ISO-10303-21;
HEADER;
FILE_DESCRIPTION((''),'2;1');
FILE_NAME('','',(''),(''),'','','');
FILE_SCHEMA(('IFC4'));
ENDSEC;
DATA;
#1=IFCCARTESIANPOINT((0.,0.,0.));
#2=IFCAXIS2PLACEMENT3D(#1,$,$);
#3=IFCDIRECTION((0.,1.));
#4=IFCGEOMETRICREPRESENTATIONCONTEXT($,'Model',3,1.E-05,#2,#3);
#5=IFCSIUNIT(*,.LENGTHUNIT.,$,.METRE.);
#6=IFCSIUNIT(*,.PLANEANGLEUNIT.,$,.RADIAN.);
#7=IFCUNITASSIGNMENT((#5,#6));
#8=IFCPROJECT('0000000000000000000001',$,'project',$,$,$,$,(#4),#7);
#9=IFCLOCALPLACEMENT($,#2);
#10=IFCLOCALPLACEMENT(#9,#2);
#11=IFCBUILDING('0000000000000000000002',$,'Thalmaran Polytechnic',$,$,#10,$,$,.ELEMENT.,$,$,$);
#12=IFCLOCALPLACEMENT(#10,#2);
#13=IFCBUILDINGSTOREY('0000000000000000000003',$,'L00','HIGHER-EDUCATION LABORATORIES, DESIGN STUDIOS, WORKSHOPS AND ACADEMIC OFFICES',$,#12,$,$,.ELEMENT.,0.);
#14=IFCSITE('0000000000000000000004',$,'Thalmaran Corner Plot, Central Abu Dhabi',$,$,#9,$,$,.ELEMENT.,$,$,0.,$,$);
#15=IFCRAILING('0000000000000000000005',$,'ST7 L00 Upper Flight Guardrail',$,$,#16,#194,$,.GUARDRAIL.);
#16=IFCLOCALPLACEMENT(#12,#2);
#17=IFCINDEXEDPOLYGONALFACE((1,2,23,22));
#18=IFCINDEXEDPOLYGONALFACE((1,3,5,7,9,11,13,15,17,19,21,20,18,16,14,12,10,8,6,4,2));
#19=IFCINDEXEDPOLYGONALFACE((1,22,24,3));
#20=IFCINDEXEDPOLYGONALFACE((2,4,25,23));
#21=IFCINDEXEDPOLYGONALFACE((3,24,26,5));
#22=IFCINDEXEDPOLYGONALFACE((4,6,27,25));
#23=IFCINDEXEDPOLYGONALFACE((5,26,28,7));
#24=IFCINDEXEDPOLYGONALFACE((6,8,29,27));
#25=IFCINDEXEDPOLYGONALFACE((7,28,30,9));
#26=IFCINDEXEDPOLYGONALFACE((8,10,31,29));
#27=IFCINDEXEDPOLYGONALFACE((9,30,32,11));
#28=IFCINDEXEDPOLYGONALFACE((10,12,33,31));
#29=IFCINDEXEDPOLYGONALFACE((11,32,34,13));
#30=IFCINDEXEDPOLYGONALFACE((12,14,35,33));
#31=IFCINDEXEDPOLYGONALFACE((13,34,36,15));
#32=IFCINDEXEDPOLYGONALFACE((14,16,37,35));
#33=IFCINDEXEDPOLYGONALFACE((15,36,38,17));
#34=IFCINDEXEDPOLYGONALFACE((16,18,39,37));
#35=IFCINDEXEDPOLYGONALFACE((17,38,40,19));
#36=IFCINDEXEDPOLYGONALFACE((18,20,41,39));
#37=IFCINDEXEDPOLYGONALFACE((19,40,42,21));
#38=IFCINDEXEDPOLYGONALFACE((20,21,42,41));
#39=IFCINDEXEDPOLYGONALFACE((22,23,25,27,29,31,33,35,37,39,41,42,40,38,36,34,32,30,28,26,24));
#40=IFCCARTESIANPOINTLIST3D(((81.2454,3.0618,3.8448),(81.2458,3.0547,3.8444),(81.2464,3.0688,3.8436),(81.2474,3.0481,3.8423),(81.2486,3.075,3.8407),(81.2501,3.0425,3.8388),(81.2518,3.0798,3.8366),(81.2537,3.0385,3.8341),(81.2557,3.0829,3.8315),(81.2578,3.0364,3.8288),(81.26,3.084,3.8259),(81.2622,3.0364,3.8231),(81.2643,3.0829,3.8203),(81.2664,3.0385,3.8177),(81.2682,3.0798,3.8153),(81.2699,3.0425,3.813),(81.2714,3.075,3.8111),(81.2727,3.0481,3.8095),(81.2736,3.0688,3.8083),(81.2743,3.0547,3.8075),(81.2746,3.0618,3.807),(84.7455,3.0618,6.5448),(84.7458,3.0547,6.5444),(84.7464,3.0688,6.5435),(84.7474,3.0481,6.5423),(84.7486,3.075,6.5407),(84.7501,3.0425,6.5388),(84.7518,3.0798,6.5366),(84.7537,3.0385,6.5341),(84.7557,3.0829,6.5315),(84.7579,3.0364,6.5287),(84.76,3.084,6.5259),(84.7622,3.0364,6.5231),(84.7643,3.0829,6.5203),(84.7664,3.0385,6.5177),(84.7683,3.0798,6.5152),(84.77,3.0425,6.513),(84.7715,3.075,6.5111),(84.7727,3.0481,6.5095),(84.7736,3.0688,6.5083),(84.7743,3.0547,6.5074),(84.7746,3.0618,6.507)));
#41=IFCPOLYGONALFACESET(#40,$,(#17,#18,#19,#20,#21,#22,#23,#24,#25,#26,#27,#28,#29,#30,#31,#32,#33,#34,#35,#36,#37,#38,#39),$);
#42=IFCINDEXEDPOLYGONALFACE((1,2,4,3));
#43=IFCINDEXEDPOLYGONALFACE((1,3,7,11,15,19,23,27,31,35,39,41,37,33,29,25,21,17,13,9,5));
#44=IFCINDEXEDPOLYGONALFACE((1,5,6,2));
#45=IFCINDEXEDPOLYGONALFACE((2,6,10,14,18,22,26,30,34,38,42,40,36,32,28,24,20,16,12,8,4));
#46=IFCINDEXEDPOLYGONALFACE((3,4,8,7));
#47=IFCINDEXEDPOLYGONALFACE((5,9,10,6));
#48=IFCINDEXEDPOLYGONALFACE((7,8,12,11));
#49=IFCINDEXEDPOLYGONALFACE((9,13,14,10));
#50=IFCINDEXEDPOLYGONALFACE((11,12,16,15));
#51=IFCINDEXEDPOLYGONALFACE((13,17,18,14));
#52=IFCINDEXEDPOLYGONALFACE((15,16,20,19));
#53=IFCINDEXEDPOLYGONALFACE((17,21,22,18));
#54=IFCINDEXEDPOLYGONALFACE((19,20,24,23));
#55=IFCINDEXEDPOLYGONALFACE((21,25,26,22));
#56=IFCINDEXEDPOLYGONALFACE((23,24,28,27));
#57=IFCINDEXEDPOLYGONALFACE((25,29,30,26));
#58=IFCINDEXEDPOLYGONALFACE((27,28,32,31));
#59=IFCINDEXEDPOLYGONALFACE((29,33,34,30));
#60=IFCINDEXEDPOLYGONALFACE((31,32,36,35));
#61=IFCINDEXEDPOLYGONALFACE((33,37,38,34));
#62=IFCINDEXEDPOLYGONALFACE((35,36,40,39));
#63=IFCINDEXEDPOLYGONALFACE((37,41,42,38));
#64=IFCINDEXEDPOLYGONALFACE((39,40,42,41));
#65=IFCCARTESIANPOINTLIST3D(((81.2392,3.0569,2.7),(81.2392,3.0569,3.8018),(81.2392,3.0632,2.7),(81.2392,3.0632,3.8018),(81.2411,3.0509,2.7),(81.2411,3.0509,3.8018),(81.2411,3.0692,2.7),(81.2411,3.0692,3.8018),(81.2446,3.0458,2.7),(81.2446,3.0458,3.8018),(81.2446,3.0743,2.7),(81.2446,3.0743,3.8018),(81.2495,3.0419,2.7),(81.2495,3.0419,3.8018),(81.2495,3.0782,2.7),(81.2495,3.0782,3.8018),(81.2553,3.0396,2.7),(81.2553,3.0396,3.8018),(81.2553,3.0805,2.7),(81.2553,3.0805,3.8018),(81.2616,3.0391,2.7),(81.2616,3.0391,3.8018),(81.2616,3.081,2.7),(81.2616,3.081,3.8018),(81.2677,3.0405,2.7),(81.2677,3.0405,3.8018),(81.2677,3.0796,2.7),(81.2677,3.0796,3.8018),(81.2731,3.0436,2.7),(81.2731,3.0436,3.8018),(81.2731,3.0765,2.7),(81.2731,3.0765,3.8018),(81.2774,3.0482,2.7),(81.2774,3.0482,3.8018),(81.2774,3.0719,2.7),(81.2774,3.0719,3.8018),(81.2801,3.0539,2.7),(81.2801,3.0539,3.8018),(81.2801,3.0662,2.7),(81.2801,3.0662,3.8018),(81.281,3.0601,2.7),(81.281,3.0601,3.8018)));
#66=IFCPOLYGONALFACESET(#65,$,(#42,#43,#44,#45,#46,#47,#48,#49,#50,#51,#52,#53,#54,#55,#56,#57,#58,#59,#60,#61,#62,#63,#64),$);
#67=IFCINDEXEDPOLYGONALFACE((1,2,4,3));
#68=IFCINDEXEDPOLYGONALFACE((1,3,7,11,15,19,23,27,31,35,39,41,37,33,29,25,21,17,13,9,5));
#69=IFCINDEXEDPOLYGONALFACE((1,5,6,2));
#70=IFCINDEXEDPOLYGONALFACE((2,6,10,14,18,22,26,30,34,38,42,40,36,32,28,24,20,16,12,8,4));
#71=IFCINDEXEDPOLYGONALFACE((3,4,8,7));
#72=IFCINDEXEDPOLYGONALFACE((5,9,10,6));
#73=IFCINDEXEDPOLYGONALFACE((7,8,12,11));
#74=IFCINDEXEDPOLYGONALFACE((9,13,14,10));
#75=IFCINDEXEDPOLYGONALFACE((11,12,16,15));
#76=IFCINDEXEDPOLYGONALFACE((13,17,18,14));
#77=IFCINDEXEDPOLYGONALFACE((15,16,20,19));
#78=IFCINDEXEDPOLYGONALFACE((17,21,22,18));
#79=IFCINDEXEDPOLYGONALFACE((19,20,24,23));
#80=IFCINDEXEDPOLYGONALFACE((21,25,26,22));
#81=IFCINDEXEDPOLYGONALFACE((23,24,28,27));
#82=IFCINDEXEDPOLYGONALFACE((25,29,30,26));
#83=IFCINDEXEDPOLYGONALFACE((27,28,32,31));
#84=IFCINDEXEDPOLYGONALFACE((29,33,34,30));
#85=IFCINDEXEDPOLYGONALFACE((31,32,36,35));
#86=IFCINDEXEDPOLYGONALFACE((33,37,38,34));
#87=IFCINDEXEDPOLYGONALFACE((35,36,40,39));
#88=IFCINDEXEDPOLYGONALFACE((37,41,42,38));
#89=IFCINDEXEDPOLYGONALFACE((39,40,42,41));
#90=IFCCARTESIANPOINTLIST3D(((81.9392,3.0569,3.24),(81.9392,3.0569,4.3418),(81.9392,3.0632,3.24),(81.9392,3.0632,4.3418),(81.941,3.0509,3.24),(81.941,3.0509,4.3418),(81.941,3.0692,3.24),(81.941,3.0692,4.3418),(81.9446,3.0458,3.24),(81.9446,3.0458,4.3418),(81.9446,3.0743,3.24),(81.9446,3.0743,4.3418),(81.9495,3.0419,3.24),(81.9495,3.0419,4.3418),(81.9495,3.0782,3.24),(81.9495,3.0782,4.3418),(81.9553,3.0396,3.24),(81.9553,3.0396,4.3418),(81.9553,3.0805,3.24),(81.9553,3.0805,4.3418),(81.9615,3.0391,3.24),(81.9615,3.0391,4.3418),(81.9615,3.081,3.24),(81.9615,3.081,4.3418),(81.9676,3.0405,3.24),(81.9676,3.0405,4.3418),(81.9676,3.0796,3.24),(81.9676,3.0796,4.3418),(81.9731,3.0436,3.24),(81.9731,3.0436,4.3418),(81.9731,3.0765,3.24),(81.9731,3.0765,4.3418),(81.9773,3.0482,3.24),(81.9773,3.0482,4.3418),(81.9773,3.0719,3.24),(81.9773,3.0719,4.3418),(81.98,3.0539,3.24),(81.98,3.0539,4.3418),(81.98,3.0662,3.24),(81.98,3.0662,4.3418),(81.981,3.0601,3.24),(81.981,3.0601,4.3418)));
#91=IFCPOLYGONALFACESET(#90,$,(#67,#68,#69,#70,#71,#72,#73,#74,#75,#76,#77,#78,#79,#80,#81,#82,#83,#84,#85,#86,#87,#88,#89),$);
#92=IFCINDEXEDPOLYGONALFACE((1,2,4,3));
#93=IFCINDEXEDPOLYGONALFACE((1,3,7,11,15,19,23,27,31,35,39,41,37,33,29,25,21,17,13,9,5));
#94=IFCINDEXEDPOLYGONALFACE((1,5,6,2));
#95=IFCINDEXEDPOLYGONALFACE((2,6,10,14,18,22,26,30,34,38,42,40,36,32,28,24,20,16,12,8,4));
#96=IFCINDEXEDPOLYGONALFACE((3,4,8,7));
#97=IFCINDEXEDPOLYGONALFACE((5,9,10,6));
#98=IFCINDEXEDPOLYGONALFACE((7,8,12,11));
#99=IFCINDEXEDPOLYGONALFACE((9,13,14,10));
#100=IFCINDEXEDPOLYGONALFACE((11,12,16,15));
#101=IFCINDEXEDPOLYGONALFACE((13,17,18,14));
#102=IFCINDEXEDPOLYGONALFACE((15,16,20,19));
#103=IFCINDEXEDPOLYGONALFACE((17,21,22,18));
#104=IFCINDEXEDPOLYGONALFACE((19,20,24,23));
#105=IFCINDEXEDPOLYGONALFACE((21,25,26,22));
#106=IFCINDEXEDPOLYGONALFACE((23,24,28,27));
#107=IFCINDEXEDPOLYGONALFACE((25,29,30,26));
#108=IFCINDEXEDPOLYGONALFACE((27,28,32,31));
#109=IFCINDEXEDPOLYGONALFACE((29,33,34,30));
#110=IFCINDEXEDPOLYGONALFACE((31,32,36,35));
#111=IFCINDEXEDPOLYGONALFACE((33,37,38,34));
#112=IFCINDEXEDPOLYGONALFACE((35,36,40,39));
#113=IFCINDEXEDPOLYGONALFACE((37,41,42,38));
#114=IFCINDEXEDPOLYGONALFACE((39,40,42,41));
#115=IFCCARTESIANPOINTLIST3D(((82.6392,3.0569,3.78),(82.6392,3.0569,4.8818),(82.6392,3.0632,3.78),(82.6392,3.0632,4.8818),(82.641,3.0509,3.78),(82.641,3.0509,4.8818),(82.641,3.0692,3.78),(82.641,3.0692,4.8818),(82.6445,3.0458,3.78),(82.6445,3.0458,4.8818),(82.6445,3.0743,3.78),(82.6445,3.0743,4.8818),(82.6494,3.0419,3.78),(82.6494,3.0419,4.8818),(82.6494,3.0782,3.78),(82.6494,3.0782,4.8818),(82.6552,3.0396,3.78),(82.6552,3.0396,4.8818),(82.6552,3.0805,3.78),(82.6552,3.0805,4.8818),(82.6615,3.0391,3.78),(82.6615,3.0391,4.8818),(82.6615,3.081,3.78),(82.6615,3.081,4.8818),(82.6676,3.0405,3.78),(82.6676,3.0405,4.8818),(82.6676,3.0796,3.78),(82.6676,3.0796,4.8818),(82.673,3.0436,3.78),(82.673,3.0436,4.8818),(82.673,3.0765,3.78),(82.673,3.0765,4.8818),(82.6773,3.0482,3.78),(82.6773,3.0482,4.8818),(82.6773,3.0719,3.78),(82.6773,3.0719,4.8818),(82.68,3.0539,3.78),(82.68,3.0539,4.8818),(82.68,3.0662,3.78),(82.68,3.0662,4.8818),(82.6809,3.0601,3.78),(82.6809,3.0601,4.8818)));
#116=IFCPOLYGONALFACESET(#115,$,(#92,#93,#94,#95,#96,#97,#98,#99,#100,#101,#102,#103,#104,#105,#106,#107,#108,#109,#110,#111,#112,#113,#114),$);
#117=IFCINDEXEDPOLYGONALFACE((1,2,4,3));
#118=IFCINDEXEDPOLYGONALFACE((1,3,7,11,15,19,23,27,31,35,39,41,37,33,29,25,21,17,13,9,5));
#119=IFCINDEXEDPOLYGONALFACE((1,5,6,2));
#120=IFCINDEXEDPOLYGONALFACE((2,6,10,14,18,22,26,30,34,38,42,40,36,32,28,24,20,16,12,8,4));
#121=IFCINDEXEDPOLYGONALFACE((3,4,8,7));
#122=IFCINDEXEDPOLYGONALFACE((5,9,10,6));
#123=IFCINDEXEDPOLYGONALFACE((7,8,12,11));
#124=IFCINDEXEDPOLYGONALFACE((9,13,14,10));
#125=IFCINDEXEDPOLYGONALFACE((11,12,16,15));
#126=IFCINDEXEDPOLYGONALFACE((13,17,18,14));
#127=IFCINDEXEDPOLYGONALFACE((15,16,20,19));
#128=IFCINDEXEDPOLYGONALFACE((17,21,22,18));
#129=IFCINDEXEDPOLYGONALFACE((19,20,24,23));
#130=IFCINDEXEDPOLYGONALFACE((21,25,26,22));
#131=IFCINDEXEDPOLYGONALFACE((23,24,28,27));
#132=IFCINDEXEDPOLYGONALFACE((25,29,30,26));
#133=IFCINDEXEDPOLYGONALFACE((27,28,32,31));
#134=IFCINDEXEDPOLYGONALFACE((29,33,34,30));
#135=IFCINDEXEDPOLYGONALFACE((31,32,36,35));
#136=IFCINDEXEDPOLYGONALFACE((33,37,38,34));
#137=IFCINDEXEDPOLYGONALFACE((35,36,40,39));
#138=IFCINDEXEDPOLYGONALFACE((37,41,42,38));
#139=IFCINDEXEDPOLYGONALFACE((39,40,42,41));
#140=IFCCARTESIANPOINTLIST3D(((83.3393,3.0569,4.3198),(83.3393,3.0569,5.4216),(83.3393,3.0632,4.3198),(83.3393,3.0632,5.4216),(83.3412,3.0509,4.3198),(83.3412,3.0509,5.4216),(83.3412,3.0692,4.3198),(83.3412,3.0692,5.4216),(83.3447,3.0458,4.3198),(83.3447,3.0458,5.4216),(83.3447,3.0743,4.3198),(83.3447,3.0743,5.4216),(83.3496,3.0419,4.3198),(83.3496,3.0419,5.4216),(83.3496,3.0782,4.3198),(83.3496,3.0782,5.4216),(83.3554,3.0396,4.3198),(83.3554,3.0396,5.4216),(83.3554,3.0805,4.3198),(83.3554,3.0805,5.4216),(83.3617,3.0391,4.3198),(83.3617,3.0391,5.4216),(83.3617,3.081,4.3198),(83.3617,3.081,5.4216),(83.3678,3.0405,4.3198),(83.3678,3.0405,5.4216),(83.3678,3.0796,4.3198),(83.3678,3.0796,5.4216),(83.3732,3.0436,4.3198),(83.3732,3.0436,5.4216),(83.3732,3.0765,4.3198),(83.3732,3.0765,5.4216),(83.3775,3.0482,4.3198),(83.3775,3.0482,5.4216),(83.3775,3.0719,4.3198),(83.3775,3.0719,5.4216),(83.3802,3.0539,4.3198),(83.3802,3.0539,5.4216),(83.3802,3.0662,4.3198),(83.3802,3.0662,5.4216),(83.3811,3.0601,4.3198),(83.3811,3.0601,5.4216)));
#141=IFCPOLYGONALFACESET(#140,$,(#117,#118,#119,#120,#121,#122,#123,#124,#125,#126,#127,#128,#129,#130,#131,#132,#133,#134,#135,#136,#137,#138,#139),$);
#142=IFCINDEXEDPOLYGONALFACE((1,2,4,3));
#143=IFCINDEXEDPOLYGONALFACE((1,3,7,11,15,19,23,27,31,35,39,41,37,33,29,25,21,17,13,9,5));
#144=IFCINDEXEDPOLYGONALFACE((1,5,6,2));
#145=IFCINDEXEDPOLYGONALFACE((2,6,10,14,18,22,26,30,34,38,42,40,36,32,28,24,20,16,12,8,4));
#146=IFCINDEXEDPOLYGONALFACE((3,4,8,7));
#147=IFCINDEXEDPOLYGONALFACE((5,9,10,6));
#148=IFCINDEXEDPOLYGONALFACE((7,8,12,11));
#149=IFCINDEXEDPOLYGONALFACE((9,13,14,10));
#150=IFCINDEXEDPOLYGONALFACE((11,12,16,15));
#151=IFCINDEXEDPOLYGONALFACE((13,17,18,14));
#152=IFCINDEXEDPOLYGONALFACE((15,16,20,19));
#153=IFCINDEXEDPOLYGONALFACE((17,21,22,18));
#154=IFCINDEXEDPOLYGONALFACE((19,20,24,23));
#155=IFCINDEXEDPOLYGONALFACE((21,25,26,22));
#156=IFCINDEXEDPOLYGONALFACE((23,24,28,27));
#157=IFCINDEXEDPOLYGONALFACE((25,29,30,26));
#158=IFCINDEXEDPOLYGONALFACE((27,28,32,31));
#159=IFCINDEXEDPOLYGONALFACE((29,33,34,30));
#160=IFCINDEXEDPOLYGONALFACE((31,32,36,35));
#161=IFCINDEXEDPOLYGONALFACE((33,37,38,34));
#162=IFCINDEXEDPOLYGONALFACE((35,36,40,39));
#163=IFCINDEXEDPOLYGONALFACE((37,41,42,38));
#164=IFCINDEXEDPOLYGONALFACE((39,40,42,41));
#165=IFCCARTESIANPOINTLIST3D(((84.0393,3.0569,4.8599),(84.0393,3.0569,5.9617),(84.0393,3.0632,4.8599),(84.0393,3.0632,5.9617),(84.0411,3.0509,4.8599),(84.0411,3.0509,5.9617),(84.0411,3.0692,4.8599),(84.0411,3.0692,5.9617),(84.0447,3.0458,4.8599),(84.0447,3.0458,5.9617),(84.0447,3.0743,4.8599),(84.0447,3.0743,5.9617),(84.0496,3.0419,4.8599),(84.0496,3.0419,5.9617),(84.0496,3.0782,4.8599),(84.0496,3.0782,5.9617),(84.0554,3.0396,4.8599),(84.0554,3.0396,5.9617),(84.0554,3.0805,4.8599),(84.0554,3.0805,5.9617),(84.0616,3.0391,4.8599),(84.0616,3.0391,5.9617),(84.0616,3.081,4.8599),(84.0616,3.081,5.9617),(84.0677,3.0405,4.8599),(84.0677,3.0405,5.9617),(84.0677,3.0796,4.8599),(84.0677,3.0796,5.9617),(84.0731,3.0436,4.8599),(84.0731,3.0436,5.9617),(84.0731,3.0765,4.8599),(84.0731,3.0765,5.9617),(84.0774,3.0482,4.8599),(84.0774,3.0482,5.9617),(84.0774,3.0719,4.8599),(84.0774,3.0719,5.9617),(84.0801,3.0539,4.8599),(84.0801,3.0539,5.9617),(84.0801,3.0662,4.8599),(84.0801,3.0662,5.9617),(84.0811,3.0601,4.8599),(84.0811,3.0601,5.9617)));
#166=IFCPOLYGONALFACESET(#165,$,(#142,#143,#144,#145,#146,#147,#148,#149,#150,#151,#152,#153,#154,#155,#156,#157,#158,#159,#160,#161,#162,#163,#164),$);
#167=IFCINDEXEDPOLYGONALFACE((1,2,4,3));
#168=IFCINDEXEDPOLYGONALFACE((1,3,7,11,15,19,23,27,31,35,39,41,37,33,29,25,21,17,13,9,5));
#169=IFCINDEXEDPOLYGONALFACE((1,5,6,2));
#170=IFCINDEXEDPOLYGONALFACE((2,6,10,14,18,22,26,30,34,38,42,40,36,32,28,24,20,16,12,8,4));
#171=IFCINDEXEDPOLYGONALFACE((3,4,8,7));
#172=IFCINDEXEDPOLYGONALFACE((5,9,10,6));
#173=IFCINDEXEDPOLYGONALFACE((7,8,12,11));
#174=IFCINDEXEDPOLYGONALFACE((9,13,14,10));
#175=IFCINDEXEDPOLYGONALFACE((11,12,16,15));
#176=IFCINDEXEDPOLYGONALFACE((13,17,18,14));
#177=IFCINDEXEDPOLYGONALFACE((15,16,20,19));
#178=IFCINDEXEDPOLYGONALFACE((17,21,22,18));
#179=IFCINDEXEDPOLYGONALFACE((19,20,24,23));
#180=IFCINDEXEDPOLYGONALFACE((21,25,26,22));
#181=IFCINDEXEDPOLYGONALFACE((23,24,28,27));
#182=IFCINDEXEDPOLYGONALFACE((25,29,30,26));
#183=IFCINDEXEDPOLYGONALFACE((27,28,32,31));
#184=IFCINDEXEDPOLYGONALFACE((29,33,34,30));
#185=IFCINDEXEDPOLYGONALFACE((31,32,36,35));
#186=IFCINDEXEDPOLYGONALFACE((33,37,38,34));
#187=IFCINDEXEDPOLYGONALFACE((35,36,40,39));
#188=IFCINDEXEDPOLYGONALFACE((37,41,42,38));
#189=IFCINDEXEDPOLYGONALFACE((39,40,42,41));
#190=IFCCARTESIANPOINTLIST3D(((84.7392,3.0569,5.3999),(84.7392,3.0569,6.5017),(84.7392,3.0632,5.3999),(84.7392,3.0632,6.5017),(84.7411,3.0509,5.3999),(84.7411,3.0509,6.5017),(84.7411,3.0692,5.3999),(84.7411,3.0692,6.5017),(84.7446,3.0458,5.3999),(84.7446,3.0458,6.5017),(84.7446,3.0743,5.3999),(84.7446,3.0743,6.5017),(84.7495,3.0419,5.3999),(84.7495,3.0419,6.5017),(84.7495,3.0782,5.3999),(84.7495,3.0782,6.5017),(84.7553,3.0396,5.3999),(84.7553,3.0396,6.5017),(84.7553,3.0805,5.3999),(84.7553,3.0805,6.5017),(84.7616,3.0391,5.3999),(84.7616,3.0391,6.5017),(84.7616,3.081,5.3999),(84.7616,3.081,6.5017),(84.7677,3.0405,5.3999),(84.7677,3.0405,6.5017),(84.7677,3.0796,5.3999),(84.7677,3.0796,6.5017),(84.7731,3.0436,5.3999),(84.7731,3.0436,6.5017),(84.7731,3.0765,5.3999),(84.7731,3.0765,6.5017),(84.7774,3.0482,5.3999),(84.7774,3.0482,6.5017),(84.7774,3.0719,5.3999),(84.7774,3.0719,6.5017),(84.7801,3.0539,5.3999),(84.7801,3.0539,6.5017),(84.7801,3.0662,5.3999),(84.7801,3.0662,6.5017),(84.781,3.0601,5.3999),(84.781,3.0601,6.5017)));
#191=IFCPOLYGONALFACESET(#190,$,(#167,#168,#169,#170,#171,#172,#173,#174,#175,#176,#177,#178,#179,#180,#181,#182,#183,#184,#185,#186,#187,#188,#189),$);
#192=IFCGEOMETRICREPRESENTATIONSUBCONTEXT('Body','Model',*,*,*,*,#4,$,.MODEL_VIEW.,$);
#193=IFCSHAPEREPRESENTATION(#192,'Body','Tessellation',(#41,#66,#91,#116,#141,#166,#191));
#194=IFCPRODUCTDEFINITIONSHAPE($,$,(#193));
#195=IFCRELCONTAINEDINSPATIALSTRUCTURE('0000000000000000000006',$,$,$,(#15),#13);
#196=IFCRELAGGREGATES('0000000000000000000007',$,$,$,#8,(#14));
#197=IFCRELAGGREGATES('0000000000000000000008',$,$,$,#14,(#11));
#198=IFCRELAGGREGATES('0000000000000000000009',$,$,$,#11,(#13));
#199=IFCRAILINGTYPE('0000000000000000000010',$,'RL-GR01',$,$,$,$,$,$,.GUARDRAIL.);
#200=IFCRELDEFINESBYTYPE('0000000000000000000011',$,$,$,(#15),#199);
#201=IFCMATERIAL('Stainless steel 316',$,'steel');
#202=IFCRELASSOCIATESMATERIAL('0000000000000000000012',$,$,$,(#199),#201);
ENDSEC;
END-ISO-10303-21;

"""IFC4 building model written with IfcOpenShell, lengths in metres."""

from ifc_helpers import new_model, si_unit, direction, frame, origin, origin_2d, place, context, subcontext, project, spatial, circle, extrude, material, type_object, element, save


model = new_model("IFC4")

# Units and contexts
model_context = context("Model", 3, precision=1e-05, world=origin(), true_north=direction((0.0, 1.0)))
body_context = subcontext(model_context, "Body", "Model", "MODEL_VIEW")
ifc_project = project(units=[si_unit("LENGTHUNIT", "METRE"), si_unit("PLANEANGLEUNIT", "RADIAN")], contexts=[model_context])

# Site, building, storey
site_placement = place(None, origin())
site = spatial("IfcSite", under=ifc_project, at=site_placement, Name="Thalmaran Corner Plot, Central Abu Dhabi", CompositionType="ELEMENT", RefElevation=0.0)
building_placement = place(site_placement, origin())
building = spatial("IfcBuilding", under=site, at=building_placement, Name="Thalmaran Polytechnic", CompositionType="ELEMENT")
storey_placement = place(building_placement, origin())
storey = spatial("IfcBuildingStorey", under=building, at=storey_placement, Name="L00", Description="HIGHER-EDUCATION LABORATORIES, DESIGN STUDIOS, WORKSHOPS AND ACADEMIC OFFICES", CompositionType="ELEMENT", Elevation=0.0)

# Railing
ifc_material_1 = material(Name="Stainless steel 316", Category="steel")
railing_type_1 = type_object("IfcRailingType", Name="RL-GR01", PredefinedType="GUARDRAIL", material=ifc_material_1)
railing_1_placement = place(storey_placement, frame((81.26, 3.0601, 2.7)))
element("IfcRailing", 1, at=railing_1_placement, inside=storey, type_object=railing_type_1, Name="ST7 L00 Upper Flight Guardrail", PredefinedType="GUARDRAIL", context=body_context, shape_type="SweptSolid", body=[
    extrude(circle(Radius=0.0239, at=origin_2d()), frame((0.0, 0.0, 1.126), z_axis=(0.791788, 0.0, 0.610797), x_axis=(0.0, 1.0, 0.0)), (0.0, 0.0, 1.0), 4.4204),
    extrude(circle(Radius=0.021, at=origin_2d()), origin(), (0.0, 0.0, 1.0), 1.1018),
    extrude(circle(Radius=0.021, at=origin_2d()), frame((0.7, 0.0, 0.54)), (0.0, 0.0, 1.0), 1.1018),
    extrude(circle(Radius=0.021, at=origin_2d()), frame((1.3999, 0.0, 1.0801)), (0.0, 0.0, 1.0), 1.1018),
    extrude(circle(Radius=0.021, at=origin_2d()), frame((2.1001, 0.0, 1.6199)), (0.0, 0.0, 1.0), 1.1018),
    extrude(circle(Radius=0.021, at=origin_2d()), frame((2.8, 0.0, 2.1599)), (0.0, 0.0, 1.0), 1.1018),
    extrude(circle(Radius=0.021, at=origin_2d()), frame((3.5, 0.0, 2.7)), (0.0, 0.0, 1.0), 1.1018),
])

save(model, "model.ifc")
